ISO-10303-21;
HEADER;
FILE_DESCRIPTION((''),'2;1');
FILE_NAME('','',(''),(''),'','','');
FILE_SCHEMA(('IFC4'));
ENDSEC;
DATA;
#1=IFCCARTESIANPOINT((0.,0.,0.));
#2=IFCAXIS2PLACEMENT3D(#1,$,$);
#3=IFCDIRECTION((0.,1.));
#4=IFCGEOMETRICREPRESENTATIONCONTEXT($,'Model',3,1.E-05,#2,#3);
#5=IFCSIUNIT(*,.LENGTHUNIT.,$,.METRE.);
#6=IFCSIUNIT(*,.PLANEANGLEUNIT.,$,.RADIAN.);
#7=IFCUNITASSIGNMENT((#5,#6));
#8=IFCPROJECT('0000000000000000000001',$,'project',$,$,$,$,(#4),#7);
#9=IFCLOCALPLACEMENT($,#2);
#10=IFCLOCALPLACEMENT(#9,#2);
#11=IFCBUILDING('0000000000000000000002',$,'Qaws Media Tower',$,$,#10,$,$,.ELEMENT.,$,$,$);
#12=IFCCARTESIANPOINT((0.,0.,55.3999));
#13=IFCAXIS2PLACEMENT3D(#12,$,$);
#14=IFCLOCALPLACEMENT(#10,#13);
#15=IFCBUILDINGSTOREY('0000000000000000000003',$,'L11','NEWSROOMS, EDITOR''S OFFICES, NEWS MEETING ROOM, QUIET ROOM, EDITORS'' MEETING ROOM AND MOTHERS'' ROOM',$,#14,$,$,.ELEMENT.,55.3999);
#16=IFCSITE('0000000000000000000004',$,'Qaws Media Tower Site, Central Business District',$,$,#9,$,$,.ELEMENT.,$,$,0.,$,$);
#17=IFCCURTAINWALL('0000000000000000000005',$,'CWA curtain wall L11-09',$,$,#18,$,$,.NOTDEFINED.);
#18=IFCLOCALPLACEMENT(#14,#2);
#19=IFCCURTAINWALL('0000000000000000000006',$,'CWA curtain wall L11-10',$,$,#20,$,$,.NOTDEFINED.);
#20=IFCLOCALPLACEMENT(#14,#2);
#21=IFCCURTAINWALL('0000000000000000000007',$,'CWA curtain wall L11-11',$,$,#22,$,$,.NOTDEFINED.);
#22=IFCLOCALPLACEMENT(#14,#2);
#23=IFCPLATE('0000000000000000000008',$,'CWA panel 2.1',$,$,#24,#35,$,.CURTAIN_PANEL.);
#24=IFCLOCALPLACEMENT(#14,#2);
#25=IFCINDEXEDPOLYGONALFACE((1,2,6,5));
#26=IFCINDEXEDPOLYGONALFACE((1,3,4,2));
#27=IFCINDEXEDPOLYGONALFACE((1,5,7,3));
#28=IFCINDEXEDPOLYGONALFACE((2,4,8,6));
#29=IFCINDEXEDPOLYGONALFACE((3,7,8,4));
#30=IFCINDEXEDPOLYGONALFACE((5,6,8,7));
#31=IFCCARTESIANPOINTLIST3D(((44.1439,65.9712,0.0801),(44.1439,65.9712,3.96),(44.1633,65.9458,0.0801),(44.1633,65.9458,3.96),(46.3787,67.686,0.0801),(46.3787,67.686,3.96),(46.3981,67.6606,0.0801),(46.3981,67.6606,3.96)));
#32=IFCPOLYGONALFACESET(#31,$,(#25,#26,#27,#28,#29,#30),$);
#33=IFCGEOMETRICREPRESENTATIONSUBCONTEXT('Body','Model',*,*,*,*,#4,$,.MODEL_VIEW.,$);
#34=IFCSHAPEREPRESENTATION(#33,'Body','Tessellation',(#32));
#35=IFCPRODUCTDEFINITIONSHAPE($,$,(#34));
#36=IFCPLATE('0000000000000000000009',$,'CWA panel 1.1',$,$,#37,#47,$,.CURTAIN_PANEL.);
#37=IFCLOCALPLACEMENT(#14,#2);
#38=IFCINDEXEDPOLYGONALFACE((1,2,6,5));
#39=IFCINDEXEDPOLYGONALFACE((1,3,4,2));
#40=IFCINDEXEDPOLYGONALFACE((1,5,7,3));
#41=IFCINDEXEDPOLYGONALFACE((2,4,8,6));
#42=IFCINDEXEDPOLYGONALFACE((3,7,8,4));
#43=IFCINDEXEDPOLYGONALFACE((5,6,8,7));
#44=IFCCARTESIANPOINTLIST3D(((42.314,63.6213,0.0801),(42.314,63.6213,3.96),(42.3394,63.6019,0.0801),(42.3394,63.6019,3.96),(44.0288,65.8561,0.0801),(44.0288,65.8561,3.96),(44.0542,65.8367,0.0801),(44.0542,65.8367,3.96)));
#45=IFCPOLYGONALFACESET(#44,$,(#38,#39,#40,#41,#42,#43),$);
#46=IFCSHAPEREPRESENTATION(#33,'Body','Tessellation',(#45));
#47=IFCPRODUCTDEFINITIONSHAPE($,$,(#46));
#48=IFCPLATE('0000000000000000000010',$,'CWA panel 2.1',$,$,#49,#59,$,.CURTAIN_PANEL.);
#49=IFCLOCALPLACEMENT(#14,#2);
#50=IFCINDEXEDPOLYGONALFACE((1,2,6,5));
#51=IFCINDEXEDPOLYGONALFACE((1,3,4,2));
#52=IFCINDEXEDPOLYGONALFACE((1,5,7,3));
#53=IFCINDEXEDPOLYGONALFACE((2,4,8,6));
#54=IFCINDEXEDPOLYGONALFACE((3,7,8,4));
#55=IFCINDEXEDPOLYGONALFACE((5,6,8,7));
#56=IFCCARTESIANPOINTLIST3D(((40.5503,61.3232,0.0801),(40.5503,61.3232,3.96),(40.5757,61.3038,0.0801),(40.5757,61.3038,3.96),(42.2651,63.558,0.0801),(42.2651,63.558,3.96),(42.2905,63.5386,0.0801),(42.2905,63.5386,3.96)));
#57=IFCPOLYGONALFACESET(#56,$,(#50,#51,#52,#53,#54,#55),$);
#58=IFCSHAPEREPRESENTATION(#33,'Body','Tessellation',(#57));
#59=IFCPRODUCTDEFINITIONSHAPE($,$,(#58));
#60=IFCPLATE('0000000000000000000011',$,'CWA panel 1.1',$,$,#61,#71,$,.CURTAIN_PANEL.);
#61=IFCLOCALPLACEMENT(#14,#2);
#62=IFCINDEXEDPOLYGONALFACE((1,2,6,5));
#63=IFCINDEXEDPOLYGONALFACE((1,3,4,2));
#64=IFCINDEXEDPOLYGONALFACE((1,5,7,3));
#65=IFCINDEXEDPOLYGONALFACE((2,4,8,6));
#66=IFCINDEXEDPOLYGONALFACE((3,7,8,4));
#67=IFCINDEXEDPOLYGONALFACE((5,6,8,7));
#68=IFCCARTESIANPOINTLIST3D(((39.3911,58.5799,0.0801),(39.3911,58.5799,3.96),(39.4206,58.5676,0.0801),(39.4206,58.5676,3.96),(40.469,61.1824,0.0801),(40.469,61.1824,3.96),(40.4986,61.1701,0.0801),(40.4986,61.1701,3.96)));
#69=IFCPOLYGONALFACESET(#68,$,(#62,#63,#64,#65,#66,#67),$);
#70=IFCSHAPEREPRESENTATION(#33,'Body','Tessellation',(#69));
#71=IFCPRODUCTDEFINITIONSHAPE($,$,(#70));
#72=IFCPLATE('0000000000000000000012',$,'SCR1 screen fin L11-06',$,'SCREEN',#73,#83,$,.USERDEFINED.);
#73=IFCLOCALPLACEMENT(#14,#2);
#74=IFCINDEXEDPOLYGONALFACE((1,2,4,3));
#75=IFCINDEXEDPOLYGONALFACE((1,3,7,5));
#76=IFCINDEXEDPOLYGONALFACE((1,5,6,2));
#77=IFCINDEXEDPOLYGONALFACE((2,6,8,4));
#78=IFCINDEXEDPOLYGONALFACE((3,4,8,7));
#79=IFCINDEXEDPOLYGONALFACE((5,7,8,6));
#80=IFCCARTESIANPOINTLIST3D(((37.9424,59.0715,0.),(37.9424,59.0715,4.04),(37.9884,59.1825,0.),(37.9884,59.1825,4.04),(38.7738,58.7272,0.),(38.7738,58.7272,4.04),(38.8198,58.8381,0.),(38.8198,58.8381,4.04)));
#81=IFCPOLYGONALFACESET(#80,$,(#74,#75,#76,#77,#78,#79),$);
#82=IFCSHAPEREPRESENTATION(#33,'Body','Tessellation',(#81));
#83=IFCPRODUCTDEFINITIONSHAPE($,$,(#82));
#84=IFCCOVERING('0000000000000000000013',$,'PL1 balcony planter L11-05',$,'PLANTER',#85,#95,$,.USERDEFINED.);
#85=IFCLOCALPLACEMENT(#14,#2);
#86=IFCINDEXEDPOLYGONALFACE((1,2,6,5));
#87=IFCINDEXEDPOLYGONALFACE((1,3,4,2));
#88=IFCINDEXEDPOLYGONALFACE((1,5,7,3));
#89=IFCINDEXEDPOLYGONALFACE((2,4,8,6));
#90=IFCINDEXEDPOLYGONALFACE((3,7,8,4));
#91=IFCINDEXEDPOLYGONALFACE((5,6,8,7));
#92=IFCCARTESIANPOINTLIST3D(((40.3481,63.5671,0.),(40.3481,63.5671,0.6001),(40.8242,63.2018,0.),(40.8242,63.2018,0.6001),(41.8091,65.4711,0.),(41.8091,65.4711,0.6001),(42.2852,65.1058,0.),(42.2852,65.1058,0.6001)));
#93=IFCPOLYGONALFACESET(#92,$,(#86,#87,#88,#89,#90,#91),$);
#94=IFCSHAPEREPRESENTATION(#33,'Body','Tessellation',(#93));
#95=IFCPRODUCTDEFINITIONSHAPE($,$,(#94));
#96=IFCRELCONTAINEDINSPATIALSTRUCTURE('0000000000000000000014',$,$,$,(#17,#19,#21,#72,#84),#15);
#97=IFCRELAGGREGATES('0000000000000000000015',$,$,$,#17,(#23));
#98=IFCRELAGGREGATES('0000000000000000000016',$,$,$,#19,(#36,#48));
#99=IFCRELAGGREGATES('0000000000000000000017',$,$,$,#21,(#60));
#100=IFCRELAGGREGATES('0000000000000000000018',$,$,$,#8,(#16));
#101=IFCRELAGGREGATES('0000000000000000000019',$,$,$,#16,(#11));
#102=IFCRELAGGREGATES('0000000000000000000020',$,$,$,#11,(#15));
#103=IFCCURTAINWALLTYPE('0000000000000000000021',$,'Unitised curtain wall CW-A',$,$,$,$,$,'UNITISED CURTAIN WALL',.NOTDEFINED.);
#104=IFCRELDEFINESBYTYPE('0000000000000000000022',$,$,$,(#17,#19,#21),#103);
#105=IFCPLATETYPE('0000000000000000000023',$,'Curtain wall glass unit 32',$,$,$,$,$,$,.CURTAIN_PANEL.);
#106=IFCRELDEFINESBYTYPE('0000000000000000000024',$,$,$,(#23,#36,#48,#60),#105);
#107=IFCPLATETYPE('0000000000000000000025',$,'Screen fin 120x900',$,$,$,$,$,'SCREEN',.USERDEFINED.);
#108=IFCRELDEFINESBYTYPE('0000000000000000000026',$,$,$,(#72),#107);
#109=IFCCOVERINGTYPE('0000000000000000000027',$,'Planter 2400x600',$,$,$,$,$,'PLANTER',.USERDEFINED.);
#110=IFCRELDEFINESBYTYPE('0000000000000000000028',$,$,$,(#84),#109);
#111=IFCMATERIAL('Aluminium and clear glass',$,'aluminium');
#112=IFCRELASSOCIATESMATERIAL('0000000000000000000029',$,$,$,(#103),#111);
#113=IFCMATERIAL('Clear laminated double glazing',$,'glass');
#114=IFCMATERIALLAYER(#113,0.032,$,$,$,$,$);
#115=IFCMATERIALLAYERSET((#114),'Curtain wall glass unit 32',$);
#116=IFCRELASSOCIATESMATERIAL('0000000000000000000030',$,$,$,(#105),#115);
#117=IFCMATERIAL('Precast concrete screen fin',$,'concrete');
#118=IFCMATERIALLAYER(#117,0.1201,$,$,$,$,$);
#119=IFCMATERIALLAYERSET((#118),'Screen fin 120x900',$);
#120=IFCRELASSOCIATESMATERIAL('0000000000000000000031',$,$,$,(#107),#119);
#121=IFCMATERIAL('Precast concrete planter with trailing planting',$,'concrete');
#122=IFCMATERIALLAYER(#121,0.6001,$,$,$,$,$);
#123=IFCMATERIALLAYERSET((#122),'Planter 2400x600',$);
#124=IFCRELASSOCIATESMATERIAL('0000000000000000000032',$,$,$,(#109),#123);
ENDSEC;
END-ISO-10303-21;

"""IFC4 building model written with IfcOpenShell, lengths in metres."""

from ifc_helpers import new_model, si_unit, direction, frame, origin, origin_2d, place, context, subcontext, project, spatial, rectangle, extrude, material, layer, layer_set, type_object, element, aggregate, save


model = new_model("IFC4")

# Units and contexts
model_context = context("Model", 3, precision=1e-05, world=origin(), true_north=direction((0.0, 1.0)))
body_context = subcontext(model_context, "Body", "Model", "MODEL_VIEW")
ifc_project = project(units=[si_unit("LENGTHUNIT", "METRE"), si_unit("PLANEANGLEUNIT", "RADIAN")], contexts=[model_context])

# Site, building, storey
site_placement = place(None, origin())
site = spatial("IfcSite", under=ifc_project, at=site_placement, Name="Qaws Media Tower Site, Central Business District", CompositionType="ELEMENT", RefElevation=0.0)
building_placement = place(site_placement, origin())
building = spatial("IfcBuilding", under=site, at=building_placement, Name="Qaws Media Tower", CompositionType="ELEMENT")
storey_placement = place(building_placement, frame((0.0, 0.0, 55.3999)))
storey = spatial("IfcBuildingStorey", under=building, at=storey_placement, Name="L11", Description="NEWSROOMS, EDITOR'S OFFICES, NEWS MEETING ROOM, QUIET ROOM, EDITORS' MEETING ROOM AND MOTHERS' ROOM", CompositionType="ELEMENT", Elevation=55.3999)

# Curtain wall
ifc_material_1 = material(Name="Aluminium and clear glass", Category="aluminium")
curtain_wall_type = type_object("IfcCurtainWallType", Name="Unitised curtain wall CW-A", ElementType="UNITISED CURTAIN WALL", PredefinedType="NOTDEFINED", material=ifc_material_1)
curtain_wall_1_placement = place(storey_placement, origin())
curtain_wall_1 = element("IfcCurtainWall", 1, at=curtain_wall_1_placement, inside=storey, type_object=curtain_wall_type, Name="CWA curtain wall L11-09", PredefinedType="NOTDEFINED")

# Curtain walls
curtain_wall_2_placement = place(storey_placement, origin())
curtain_wall_2 = element("IfcCurtainWall", 2, at=curtain_wall_2_placement, inside=storey, type_object=curtain_wall_type, Name="CWA curtain wall L11-10", PredefinedType="NOTDEFINED")
curtain_wall_3_placement = place(storey_placement, origin())
curtain_wall_3 = element("IfcCurtainWall", 3, at=curtain_wall_3_placement, inside=storey, type_object=curtain_wall_type, Name="CWA curtain wall L11-11", PredefinedType="NOTDEFINED")

# Plates
ifc_material_2 = material(Name="Clear laminated double glazing", Category="glass")
ifc_layer_1 = layer(ifc_material_2, 0.032)
ifc_layer_set_1 = layer_set([ifc_layer_1], Name="Curtain wall glass unit 32")
plate_type_1 = type_object("IfcPlateType", Name="Curtain wall glass unit 32", PredefinedType="CURTAIN_PANEL", material=ifc_layer_set_1)
plate_1_placement = place(storey_placement, frame((45.271, 66.8159, 0.0801), z_axis=(0.0, 0.0, 1.0), x_axis=(-0.793353, -0.608761, 0.0)))
plate_1 = element("IfcPlate", 4, at=plate_1_placement, type_object=plate_type_1, Name="CWA panel 2.1", PredefinedType="CURTAIN_PANEL", context=body_context, shape_type="SweptSolid", body=[
    extrude(rectangle(XDim=2.8169, YDim=0.032, at=origin_2d()), origin(), (0.0, 0.0, 1.0), 3.8799),
])
aggregate(curtain_wall_1, [plate_1])
plate_2_placement = place(storey_placement, frame((43.1841, 64.729, 0.0801), z_axis=(0.0, 0.0, 1.0), x_axis=(-0.608761, -0.793353, 0.0)))
plate_2 = element("IfcPlate", 5, at=plate_2_placement, type_object=plate_type_1, Name="CWA panel 1.1", PredefinedType="CURTAIN_PANEL", context=body_context, shape_type="SweptSolid", body=[
    extrude(rectangle(XDim=2.8169, YDim=0.032, at=origin_2d()), origin(), (0.0, 0.0, 1.0), 3.8799),
])
plate_3_placement = place(storey_placement, frame((41.4204, 62.4309, 0.0801), z_axis=(0.0, 0.0, 1.0), x_axis=(-0.608761, -0.793353, 0.0)))
plate_3 = element("IfcPlate", 6, at=plate_3_placement, type_object=plate_type_1, Name="CWA panel 2.1", PredefinedType="CURTAIN_PANEL", context=body_context, shape_type="SweptSolid", body=[
    extrude(rectangle(XDim=2.8169, YDim=0.032, at=origin_2d()), origin(), (0.0, 0.0, 1.0), 3.8799),
])
aggregate(curtain_wall_2, [plate_2, plate_3])
plate_4_placement = place(storey_placement, frame((39.9448, 59.875, 0.0801), z_axis=(0.0, 0.0, 1.0), x_axis=(-0.382683, -0.92388, 0.0)))
plate_4 = element("IfcPlate", 7, at=plate_4_placement, type_object=plate_type_1, Name="CWA panel 1.1", PredefinedType="CURTAIN_PANEL", context=body_context, shape_type="SweptSolid", body=[
    extrude(rectangle(XDim=2.8169, YDim=0.032, at=origin_2d()), origin(), (0.0, 0.0, 1.0), 3.8799),
])
aggregate(curtain_wall_3, [plate_4])
ifc_material_3 = material(Name="Precast concrete screen fin", Category="concrete")
ifc_layer_2 = layer(ifc_material_3, 0.1201)
ifc_layer_set_2 = layer_set([ifc_layer_2], Name="Screen fin 120x900")
plate_type_2 = type_object("IfcPlateType", Name="Screen fin 120x900", ElementType="SCREEN", PredefinedType="USERDEFINED", material=ifc_layer_set_2)
plate_5_placement = place(storey_placement, frame((38.3811, 58.9548, 0.0), z_axis=(0.0, 0.0, 1.0), x_axis=(-0.92388, 0.382683, 0.0)))
element("IfcPlate", 8, at=plate_5_placement, inside=storey, type_object=plate_type_2, Name="SCR1 screen fin L11-06", ObjectType="SCREEN", PredefinedType="USERDEFINED", context=body_context, shape_type="SweptSolid", body=[
    extrude(rectangle(XDim=0.8999, YDim=0.1201, at=origin_2d()), origin(), (0.0, 0.0, 1.0), 4.04),
])

# Covering
ifc_material_4 = material(Name="Precast concrete planter with trailing planting", Category="concrete")
ifc_layer_3 = layer(ifc_material_4, 0.6001)
ifc_layer_set_3 = layer_set([ifc_layer_3], Name="Planter 2400x600")
covering_type = type_object("IfcCoveringType", Name="Planter 2400x600", ElementType="PLANTER", PredefinedType="USERDEFINED", material=ifc_layer_set_3)
covering_placement = place(storey_placement, frame((41.3167, 64.3364, 0.0), z_axis=(0.0, 0.0, 1.0), x_axis=(-0.608761, -0.793353, 0.0)))
element("IfcCovering", 9, at=covering_placement, inside=storey, type_object=covering_type, Name="PL1 balcony planter L11-05", ObjectType="PLANTER", PredefinedType="USERDEFINED", context=body_context, shape_type="SweptSolid", body=[
    extrude(rectangle(XDim=2.3999, YDim=0.6001, at=origin_2d()), origin(), (0.0, 0.0, 1.0), 0.6001),
])

save(model, "model.ifc")
